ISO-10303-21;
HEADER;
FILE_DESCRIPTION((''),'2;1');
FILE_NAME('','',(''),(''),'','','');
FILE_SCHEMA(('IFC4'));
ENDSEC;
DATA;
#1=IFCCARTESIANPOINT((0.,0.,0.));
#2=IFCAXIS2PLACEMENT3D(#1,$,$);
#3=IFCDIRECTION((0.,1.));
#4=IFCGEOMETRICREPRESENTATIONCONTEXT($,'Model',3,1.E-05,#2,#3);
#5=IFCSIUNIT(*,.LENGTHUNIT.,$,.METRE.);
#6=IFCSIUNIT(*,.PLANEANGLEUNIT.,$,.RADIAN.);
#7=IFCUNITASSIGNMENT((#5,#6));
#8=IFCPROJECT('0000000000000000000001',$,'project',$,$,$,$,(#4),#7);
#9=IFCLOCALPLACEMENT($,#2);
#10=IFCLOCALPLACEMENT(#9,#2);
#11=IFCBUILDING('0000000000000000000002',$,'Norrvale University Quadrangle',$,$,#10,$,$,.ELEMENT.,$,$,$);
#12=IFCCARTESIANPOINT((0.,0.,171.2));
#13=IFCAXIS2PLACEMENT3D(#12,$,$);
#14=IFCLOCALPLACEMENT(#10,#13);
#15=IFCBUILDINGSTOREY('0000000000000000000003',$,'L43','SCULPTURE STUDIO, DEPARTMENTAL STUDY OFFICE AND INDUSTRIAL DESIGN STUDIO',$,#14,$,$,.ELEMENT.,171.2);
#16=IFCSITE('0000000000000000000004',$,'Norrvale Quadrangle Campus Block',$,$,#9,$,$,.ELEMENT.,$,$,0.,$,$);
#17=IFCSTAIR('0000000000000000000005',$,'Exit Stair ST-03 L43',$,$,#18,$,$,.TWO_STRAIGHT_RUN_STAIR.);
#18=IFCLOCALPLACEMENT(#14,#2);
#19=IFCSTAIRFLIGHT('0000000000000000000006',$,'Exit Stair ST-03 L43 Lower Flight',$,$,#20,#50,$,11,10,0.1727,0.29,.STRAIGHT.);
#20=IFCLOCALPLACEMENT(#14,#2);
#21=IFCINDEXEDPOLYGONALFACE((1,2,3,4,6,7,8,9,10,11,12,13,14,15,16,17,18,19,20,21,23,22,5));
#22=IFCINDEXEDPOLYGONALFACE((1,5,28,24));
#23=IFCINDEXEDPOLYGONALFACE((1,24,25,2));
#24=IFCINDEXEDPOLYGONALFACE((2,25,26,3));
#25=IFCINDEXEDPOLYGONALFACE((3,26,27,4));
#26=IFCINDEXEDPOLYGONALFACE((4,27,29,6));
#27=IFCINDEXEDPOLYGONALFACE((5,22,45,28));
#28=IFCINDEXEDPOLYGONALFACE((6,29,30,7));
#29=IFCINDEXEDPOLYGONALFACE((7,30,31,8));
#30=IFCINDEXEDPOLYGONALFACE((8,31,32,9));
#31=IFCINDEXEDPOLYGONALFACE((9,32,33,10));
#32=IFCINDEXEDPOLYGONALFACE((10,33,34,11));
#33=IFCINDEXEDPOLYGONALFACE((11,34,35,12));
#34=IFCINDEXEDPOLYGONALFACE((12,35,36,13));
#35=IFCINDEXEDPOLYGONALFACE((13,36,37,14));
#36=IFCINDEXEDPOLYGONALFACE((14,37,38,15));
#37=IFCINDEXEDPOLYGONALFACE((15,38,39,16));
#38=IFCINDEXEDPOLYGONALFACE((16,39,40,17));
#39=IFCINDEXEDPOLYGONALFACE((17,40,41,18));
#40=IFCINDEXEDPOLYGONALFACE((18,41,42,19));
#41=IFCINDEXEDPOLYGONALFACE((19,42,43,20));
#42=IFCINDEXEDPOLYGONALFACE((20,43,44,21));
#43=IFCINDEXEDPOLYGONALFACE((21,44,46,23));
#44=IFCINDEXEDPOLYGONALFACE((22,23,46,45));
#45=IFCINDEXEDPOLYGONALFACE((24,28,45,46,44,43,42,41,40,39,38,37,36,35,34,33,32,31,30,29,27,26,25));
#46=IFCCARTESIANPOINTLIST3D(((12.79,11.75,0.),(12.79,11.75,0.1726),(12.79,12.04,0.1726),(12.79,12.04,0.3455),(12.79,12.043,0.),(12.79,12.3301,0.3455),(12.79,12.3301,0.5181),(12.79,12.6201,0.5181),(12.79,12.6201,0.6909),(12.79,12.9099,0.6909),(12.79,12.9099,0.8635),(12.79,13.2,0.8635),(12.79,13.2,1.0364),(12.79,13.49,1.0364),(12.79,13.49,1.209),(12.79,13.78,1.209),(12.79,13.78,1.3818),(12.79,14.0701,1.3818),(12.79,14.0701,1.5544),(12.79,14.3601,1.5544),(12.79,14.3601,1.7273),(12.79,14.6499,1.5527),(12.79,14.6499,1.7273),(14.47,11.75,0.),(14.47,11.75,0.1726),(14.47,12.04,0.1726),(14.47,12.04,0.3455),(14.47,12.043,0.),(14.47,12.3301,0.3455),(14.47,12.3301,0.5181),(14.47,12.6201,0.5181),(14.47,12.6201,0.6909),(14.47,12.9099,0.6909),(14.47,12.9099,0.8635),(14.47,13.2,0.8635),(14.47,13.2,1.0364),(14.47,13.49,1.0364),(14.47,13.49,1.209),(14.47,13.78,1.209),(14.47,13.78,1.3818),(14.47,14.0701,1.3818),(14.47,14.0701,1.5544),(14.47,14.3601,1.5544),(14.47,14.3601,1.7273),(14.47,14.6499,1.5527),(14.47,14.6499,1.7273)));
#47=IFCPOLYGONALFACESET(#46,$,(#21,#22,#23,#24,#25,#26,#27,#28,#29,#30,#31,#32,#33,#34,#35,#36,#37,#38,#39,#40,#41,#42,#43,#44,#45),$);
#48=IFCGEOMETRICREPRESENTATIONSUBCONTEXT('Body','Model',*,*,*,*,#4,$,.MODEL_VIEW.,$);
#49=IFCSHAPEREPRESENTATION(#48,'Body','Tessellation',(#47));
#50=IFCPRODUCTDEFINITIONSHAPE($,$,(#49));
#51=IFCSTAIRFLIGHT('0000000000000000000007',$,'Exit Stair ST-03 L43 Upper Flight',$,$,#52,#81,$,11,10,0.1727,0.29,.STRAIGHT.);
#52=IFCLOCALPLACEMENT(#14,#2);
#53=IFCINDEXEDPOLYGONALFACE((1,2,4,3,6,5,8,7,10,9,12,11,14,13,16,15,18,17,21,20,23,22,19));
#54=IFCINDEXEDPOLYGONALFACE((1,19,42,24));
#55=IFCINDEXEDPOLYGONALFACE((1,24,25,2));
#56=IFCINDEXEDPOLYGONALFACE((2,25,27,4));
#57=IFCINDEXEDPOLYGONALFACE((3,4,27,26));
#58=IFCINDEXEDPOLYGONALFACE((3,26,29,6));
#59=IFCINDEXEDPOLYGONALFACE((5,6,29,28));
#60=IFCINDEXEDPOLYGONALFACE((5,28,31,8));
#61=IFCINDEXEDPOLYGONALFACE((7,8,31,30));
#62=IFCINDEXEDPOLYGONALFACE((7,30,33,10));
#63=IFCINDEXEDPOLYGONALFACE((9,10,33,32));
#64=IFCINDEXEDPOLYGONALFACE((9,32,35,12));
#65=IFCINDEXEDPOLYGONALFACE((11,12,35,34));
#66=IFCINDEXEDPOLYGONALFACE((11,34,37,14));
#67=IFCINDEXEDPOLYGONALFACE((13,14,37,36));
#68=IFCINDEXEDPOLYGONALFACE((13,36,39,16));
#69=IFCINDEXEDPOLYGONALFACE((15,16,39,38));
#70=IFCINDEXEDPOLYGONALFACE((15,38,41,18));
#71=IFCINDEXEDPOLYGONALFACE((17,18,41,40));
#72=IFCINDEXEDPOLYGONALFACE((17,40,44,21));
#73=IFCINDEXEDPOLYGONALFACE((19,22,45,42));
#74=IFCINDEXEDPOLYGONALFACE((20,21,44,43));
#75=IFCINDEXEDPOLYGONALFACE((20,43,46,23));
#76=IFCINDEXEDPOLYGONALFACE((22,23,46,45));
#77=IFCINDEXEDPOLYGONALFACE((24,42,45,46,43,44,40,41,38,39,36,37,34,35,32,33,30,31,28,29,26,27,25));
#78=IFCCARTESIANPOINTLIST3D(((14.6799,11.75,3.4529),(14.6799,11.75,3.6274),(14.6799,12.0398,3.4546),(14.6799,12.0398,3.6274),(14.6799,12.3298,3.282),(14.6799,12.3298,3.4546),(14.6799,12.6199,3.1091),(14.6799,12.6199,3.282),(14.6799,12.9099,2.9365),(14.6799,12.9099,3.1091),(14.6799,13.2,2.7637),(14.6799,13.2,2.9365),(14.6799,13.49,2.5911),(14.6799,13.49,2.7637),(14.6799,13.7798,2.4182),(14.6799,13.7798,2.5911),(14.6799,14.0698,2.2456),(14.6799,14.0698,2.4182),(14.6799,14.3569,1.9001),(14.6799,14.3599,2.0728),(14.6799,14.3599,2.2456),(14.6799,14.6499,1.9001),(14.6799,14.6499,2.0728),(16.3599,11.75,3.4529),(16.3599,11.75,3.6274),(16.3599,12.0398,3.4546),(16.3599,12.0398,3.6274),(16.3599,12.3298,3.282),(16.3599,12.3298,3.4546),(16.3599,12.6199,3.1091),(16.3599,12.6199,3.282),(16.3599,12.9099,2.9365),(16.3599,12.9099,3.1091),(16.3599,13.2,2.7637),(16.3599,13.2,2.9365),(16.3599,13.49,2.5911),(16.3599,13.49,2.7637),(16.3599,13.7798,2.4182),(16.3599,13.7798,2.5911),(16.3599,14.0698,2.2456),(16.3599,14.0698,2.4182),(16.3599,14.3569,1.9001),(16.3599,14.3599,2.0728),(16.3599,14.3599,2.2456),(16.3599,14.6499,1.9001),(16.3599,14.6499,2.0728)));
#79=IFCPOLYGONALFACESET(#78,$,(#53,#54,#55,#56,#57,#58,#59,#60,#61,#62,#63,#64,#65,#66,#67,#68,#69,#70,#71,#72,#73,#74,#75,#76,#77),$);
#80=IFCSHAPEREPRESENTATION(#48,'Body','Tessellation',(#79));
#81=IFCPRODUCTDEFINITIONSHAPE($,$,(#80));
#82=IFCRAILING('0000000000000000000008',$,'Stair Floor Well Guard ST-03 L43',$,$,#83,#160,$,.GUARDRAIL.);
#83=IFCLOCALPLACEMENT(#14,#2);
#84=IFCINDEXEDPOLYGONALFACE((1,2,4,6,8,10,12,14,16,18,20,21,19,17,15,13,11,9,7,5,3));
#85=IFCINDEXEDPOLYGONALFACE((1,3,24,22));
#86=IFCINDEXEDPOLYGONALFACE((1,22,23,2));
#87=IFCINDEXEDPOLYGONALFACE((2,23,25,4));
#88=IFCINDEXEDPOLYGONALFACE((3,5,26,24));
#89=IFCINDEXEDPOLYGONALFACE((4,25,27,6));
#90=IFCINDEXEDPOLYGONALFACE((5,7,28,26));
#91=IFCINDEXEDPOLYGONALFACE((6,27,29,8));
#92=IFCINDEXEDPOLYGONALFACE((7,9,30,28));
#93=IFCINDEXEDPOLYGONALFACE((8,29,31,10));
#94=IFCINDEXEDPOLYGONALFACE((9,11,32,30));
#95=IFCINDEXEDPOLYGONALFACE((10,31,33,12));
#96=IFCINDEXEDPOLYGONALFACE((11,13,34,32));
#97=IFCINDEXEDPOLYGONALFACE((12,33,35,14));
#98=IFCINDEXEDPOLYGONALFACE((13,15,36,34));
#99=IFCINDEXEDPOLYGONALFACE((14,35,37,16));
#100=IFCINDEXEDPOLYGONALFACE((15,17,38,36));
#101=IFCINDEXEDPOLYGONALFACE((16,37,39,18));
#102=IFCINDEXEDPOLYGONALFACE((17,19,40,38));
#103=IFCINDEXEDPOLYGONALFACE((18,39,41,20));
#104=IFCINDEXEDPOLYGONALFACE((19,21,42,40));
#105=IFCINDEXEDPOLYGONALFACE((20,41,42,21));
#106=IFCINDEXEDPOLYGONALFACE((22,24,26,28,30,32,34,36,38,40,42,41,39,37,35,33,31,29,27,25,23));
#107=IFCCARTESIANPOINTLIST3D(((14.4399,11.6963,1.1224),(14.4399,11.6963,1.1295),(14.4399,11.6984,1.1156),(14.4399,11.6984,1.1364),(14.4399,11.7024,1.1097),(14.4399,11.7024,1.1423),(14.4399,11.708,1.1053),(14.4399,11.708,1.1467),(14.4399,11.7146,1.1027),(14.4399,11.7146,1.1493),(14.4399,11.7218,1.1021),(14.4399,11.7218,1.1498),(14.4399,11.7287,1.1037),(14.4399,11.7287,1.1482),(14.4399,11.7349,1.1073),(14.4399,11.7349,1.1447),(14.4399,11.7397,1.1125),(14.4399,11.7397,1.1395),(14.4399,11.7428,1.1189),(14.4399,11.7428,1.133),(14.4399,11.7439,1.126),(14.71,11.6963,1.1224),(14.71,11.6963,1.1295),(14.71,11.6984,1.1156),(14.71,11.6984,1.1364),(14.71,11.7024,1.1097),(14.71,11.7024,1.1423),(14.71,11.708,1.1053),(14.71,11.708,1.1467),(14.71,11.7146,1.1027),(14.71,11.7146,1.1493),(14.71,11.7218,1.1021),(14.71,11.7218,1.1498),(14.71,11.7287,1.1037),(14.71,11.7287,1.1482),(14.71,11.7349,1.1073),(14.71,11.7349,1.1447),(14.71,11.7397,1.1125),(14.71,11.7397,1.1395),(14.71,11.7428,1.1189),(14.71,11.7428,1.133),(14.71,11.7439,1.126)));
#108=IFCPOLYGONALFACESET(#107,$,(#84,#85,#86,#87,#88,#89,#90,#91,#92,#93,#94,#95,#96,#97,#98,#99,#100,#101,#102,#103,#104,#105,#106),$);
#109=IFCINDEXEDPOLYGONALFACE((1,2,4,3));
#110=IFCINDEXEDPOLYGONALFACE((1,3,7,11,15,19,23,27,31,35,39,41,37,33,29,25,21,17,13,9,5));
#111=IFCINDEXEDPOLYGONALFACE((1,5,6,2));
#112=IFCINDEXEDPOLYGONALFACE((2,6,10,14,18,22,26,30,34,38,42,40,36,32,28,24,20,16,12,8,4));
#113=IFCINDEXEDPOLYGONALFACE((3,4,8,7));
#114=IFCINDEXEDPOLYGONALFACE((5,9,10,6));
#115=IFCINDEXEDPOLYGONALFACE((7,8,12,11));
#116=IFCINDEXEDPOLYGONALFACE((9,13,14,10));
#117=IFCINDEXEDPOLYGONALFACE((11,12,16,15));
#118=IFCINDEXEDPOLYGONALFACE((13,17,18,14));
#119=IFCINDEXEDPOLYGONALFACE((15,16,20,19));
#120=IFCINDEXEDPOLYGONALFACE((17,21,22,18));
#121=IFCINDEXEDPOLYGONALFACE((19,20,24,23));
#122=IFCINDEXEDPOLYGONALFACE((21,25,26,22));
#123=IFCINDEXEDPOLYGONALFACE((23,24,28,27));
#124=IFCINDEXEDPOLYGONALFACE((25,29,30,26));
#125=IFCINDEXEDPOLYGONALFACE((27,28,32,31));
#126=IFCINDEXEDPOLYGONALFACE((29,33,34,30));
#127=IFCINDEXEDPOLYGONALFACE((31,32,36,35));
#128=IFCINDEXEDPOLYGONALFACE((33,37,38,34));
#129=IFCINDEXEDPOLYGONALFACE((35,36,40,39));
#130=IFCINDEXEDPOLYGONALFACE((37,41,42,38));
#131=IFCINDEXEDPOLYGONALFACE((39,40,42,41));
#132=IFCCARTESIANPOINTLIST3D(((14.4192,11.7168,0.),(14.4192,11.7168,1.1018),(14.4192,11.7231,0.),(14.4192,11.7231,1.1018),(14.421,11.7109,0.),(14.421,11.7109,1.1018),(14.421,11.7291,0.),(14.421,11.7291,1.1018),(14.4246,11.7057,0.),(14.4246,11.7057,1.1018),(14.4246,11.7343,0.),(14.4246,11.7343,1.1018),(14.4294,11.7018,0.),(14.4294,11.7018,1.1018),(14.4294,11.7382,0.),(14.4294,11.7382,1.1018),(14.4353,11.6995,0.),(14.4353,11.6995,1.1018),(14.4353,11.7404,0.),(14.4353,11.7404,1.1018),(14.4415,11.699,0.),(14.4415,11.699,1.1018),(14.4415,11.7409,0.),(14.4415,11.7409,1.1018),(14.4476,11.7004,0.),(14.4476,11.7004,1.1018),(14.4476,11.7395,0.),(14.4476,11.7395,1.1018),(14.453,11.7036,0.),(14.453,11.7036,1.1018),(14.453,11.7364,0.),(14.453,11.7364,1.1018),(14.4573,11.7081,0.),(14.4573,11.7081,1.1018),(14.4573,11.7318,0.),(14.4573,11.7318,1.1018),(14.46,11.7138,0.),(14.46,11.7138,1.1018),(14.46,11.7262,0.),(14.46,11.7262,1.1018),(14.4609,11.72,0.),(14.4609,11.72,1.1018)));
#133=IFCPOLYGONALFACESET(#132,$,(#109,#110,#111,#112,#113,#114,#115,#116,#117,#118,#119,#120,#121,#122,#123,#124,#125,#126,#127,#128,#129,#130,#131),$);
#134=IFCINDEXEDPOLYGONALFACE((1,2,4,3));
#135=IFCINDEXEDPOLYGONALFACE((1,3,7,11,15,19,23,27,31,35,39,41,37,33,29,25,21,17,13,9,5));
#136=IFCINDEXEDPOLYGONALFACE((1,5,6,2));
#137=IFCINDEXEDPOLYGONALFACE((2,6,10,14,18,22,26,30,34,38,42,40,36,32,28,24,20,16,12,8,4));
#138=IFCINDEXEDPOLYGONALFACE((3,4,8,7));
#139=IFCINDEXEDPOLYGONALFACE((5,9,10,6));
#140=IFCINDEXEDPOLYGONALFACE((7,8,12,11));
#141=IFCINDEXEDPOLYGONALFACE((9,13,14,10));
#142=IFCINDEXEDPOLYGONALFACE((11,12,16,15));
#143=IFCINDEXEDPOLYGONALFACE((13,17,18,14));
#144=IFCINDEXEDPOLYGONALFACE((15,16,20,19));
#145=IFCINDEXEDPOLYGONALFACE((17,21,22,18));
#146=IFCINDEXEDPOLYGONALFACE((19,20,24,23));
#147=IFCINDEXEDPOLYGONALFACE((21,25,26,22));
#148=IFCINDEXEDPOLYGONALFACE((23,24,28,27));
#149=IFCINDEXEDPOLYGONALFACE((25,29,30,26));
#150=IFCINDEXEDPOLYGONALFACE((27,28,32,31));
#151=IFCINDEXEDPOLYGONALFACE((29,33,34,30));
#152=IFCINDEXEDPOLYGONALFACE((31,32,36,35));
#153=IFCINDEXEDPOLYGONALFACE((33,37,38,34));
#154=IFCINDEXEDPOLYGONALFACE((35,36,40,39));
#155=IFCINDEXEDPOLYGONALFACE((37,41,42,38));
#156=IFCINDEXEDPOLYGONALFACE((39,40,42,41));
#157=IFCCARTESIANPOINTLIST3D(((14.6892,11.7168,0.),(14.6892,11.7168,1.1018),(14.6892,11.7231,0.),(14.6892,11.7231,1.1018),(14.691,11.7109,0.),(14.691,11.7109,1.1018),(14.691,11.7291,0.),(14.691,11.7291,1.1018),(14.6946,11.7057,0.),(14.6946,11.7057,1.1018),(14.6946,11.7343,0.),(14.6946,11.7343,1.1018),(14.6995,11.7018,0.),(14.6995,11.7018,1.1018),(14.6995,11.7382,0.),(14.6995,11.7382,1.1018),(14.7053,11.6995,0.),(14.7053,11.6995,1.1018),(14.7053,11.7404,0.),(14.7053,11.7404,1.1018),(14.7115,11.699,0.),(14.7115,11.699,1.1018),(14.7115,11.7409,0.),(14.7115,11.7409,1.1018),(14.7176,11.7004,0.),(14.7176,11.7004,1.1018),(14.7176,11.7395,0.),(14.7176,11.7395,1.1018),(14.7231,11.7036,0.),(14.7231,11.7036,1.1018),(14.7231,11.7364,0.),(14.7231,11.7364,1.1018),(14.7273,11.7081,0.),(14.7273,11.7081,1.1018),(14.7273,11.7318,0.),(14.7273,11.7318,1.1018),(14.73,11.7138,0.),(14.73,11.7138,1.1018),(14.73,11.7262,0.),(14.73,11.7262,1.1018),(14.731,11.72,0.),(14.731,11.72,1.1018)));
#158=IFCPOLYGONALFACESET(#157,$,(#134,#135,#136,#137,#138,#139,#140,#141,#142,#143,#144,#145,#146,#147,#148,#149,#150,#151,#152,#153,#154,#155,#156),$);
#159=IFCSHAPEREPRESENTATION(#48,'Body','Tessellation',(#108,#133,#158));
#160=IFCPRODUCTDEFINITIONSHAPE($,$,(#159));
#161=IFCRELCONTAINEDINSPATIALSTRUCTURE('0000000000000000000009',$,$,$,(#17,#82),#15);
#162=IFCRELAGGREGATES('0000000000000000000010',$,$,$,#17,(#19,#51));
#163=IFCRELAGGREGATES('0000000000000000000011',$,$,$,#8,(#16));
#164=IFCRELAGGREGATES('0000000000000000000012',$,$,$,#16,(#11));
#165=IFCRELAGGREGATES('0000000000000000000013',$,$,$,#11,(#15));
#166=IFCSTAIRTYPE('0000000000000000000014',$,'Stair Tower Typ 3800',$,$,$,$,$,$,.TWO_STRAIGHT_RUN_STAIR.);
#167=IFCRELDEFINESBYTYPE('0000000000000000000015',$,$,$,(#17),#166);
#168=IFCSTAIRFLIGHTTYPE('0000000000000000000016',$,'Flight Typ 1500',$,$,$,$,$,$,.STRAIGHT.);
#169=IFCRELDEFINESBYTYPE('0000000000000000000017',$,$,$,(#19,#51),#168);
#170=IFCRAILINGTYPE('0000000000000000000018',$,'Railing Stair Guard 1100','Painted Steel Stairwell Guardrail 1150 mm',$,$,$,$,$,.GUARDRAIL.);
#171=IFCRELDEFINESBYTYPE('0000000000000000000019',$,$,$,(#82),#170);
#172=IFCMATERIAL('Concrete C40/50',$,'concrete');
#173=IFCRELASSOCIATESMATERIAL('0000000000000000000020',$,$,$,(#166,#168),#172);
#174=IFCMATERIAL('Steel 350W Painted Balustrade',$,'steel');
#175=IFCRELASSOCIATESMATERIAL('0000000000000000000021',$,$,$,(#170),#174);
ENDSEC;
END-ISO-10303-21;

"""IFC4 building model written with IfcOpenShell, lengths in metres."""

from ifc_helpers import new_model, si_unit, direction, frame, origin, origin_2d, place, context, subcontext, project, spatial, polyline, circle, outline, extrude, material, type_object, element, aggregate, save


model = new_model("IFC4")

# Units and contexts
model_context = context("Model", 3, precision=1e-05, world=origin(), true_north=direction((0.0, 1.0)))
body_context = subcontext(model_context, "Body", "Model", "MODEL_VIEW")
ifc_project = project(units=[si_unit("LENGTHUNIT", "METRE"), si_unit("PLANEANGLEUNIT", "RADIAN")], contexts=[model_context])

# Site, building, storey
site_placement = place(None, origin())
site = spatial("IfcSite", under=ifc_project, at=site_placement, Name="Norrvale Quadrangle Campus Block", CompositionType="ELEMENT", RefElevation=0.0)
building_placement = place(site_placement, origin())
building = spatial("IfcBuilding", under=site, at=building_placement, Name="Norrvale University Quadrangle", CompositionType="ELEMENT")
storey_placement = place(building_placement, frame((0.0, 0.0, 171.2)))
storey = spatial("IfcBuildingStorey", under=building, at=storey_placement, Name="L43", Description="SCULPTURE STUDIO, DEPARTMENTAL STUDY OFFICE AND INDUSTRIAL DESIGN STUDIO", CompositionType="ELEMENT", Elevation=171.2)

# Stair, stair flights
ifc_material_1 = material(Name="Concrete C40/50", Category="concrete")
stair_type = type_object("IfcStairType", Name="Stair Tower Typ 3800", PredefinedType="TWO_STRAIGHT_RUN_STAIR", material=ifc_material_1)
stair_placement = place(storey_placement, origin())
stair = element("IfcStair", 1, at=stair_placement, inside=storey, type_object=stair_type, Name="Exit Stair ST-03 L43", PredefinedType="TWO_STRAIGHT_RUN_STAIR")
stair_flight_type = type_object("IfcStairFlightType", Name="Flight Typ 1500", PredefinedType="STRAIGHT", material=ifc_material_1)
stair_flight_1_placement = place(storey_placement, frame((13.6299, 11.75, 0.0), z_axis=(0.0, 0.0, 1.0), x_axis=(0.0, 1.0, 0.0)))
stair_flight_1 = element("IfcStairFlight", 2, at=stair_flight_1_placement, type_object=stair_flight_type, Name="Exit Stair ST-03 L43 Lower Flight", NumberOfRisers=11, NumberOfTreads=10, PredefinedType="STRAIGHT", RiserHeight=0.1727, TreadLength=0.29, context=body_context, shape_type="SweptSolid", body=[
    extrude(outline(polyline([(0.0, 0.0), (0.0, 0.1726), (0.29, 0.1726), (0.29, 0.3455), (0.5801, 0.3455), (0.5801, 0.5181), (0.8701, 0.5181), (0.8701, 0.6909), (1.1599, 0.6909), (1.1599, 0.8635), (1.45, 0.8635), (1.45, 1.0364), (1.74, 1.0364), (1.74, 1.209), (2.03, 1.209), (2.03, 1.3818), (2.3201, 1.3818), (2.3201, 1.5544), (2.6101, 1.5544), (2.6101, 1.7273), (2.8999, 1.7273), (2.8999, 1.8999), (2.8999, 1.5527), (0.293, 0.0), (0.0, 0.0)])), frame((0.0, 0.8398, 0.0), z_axis=(0.0, -1.0, 0.0), x_axis=(1.0, 0.0, 0.0)), (0.0, 0.0, 1.0), 1.6799),
])
stair_flight_2_placement = place(storey_placement, frame((15.52, 14.6499, 1.9001), z_axis=(0.0, 0.0, 1.0), x_axis=(0.0, -1.0, 0.0)))
stair_flight_2 = element("IfcStairFlight", 3, at=stair_flight_2_placement, type_object=stair_flight_type, Name="Exit Stair ST-03 L43 Upper Flight", NumberOfRisers=11, NumberOfTreads=10, PredefinedType="STRAIGHT", RiserHeight=0.1727, TreadLength=0.29, context=body_context, shape_type="SweptSolid", body=[
    extrude(outline(polyline([(0.0, 0.0), (0.0, 0.1726), (0.29, 0.1726), (0.29, 0.3455), (0.5801, 0.3455), (0.5801, 0.5181), (0.8701, 0.5181), (0.8701, 0.6909), (1.1599, 0.6909), (1.1599, 0.8635), (1.45, 0.8635), (1.45, 1.0364), (1.74, 1.0364), (1.74, 1.209), (2.03, 1.209), (2.03, 1.3818), (2.3201, 1.3818), (2.3201, 1.5544), (2.6101, 1.5544), (2.6101, 1.7273), (2.8999, 1.7273), (2.8999, 1.8999), (2.8999, 1.5527), (0.293, 0.0), (0.0, 0.0)])), frame((0.0, 0.8398, 0.0), z_axis=(0.0, -1.0, 0.0), x_axis=(1.0, 0.0, 0.0)), (0.0, 0.0, 1.0), 1.6799),
])
aggregate(stair, [stair_flight_1, stair_flight_2])

# Railing
ifc_material_2 = material(Name="Steel 350W Painted Balustrade", Category="steel")
railing_type_1 = type_object("IfcRailingType", Name="Railing Stair Guard 1100", Description="Painted Steel Stairwell Guardrail 1150 mm", PredefinedType="GUARDRAIL", material=ifc_material_2)
for number, where, name in (
    (4, (14.4399, 11.72, 0.0), "Stair Floor Well Guard ST-03 L43"),
):
    element("IfcRailing", number, at=place(storey_placement, frame(where)), inside=storey, type_object=railing_type_1, Name=name, PredefinedType="GUARDRAIL", context=body_context, shape_type="SweptSolid", body=[
        extrude(circle(Radius=0.0239, at=origin_2d()), frame((0.0, 0.0, 1.126), z_axis=(1.0, 0.0, 0.0), x_axis=(0.0, 1.0, 0.0)), (0.0, 0.0, 1.0), 0.27),
        extrude(circle(Radius=0.021, at=origin_2d()), origin(), (0.0, 0.0, 1.0), 1.1018),
        extrude(circle(Radius=0.021, at=origin_2d()), frame((0.27, 0.0, 0.0)), (0.0, 0.0, 1.0), 1.1018),
    ])

save(model, "model.ifc")
